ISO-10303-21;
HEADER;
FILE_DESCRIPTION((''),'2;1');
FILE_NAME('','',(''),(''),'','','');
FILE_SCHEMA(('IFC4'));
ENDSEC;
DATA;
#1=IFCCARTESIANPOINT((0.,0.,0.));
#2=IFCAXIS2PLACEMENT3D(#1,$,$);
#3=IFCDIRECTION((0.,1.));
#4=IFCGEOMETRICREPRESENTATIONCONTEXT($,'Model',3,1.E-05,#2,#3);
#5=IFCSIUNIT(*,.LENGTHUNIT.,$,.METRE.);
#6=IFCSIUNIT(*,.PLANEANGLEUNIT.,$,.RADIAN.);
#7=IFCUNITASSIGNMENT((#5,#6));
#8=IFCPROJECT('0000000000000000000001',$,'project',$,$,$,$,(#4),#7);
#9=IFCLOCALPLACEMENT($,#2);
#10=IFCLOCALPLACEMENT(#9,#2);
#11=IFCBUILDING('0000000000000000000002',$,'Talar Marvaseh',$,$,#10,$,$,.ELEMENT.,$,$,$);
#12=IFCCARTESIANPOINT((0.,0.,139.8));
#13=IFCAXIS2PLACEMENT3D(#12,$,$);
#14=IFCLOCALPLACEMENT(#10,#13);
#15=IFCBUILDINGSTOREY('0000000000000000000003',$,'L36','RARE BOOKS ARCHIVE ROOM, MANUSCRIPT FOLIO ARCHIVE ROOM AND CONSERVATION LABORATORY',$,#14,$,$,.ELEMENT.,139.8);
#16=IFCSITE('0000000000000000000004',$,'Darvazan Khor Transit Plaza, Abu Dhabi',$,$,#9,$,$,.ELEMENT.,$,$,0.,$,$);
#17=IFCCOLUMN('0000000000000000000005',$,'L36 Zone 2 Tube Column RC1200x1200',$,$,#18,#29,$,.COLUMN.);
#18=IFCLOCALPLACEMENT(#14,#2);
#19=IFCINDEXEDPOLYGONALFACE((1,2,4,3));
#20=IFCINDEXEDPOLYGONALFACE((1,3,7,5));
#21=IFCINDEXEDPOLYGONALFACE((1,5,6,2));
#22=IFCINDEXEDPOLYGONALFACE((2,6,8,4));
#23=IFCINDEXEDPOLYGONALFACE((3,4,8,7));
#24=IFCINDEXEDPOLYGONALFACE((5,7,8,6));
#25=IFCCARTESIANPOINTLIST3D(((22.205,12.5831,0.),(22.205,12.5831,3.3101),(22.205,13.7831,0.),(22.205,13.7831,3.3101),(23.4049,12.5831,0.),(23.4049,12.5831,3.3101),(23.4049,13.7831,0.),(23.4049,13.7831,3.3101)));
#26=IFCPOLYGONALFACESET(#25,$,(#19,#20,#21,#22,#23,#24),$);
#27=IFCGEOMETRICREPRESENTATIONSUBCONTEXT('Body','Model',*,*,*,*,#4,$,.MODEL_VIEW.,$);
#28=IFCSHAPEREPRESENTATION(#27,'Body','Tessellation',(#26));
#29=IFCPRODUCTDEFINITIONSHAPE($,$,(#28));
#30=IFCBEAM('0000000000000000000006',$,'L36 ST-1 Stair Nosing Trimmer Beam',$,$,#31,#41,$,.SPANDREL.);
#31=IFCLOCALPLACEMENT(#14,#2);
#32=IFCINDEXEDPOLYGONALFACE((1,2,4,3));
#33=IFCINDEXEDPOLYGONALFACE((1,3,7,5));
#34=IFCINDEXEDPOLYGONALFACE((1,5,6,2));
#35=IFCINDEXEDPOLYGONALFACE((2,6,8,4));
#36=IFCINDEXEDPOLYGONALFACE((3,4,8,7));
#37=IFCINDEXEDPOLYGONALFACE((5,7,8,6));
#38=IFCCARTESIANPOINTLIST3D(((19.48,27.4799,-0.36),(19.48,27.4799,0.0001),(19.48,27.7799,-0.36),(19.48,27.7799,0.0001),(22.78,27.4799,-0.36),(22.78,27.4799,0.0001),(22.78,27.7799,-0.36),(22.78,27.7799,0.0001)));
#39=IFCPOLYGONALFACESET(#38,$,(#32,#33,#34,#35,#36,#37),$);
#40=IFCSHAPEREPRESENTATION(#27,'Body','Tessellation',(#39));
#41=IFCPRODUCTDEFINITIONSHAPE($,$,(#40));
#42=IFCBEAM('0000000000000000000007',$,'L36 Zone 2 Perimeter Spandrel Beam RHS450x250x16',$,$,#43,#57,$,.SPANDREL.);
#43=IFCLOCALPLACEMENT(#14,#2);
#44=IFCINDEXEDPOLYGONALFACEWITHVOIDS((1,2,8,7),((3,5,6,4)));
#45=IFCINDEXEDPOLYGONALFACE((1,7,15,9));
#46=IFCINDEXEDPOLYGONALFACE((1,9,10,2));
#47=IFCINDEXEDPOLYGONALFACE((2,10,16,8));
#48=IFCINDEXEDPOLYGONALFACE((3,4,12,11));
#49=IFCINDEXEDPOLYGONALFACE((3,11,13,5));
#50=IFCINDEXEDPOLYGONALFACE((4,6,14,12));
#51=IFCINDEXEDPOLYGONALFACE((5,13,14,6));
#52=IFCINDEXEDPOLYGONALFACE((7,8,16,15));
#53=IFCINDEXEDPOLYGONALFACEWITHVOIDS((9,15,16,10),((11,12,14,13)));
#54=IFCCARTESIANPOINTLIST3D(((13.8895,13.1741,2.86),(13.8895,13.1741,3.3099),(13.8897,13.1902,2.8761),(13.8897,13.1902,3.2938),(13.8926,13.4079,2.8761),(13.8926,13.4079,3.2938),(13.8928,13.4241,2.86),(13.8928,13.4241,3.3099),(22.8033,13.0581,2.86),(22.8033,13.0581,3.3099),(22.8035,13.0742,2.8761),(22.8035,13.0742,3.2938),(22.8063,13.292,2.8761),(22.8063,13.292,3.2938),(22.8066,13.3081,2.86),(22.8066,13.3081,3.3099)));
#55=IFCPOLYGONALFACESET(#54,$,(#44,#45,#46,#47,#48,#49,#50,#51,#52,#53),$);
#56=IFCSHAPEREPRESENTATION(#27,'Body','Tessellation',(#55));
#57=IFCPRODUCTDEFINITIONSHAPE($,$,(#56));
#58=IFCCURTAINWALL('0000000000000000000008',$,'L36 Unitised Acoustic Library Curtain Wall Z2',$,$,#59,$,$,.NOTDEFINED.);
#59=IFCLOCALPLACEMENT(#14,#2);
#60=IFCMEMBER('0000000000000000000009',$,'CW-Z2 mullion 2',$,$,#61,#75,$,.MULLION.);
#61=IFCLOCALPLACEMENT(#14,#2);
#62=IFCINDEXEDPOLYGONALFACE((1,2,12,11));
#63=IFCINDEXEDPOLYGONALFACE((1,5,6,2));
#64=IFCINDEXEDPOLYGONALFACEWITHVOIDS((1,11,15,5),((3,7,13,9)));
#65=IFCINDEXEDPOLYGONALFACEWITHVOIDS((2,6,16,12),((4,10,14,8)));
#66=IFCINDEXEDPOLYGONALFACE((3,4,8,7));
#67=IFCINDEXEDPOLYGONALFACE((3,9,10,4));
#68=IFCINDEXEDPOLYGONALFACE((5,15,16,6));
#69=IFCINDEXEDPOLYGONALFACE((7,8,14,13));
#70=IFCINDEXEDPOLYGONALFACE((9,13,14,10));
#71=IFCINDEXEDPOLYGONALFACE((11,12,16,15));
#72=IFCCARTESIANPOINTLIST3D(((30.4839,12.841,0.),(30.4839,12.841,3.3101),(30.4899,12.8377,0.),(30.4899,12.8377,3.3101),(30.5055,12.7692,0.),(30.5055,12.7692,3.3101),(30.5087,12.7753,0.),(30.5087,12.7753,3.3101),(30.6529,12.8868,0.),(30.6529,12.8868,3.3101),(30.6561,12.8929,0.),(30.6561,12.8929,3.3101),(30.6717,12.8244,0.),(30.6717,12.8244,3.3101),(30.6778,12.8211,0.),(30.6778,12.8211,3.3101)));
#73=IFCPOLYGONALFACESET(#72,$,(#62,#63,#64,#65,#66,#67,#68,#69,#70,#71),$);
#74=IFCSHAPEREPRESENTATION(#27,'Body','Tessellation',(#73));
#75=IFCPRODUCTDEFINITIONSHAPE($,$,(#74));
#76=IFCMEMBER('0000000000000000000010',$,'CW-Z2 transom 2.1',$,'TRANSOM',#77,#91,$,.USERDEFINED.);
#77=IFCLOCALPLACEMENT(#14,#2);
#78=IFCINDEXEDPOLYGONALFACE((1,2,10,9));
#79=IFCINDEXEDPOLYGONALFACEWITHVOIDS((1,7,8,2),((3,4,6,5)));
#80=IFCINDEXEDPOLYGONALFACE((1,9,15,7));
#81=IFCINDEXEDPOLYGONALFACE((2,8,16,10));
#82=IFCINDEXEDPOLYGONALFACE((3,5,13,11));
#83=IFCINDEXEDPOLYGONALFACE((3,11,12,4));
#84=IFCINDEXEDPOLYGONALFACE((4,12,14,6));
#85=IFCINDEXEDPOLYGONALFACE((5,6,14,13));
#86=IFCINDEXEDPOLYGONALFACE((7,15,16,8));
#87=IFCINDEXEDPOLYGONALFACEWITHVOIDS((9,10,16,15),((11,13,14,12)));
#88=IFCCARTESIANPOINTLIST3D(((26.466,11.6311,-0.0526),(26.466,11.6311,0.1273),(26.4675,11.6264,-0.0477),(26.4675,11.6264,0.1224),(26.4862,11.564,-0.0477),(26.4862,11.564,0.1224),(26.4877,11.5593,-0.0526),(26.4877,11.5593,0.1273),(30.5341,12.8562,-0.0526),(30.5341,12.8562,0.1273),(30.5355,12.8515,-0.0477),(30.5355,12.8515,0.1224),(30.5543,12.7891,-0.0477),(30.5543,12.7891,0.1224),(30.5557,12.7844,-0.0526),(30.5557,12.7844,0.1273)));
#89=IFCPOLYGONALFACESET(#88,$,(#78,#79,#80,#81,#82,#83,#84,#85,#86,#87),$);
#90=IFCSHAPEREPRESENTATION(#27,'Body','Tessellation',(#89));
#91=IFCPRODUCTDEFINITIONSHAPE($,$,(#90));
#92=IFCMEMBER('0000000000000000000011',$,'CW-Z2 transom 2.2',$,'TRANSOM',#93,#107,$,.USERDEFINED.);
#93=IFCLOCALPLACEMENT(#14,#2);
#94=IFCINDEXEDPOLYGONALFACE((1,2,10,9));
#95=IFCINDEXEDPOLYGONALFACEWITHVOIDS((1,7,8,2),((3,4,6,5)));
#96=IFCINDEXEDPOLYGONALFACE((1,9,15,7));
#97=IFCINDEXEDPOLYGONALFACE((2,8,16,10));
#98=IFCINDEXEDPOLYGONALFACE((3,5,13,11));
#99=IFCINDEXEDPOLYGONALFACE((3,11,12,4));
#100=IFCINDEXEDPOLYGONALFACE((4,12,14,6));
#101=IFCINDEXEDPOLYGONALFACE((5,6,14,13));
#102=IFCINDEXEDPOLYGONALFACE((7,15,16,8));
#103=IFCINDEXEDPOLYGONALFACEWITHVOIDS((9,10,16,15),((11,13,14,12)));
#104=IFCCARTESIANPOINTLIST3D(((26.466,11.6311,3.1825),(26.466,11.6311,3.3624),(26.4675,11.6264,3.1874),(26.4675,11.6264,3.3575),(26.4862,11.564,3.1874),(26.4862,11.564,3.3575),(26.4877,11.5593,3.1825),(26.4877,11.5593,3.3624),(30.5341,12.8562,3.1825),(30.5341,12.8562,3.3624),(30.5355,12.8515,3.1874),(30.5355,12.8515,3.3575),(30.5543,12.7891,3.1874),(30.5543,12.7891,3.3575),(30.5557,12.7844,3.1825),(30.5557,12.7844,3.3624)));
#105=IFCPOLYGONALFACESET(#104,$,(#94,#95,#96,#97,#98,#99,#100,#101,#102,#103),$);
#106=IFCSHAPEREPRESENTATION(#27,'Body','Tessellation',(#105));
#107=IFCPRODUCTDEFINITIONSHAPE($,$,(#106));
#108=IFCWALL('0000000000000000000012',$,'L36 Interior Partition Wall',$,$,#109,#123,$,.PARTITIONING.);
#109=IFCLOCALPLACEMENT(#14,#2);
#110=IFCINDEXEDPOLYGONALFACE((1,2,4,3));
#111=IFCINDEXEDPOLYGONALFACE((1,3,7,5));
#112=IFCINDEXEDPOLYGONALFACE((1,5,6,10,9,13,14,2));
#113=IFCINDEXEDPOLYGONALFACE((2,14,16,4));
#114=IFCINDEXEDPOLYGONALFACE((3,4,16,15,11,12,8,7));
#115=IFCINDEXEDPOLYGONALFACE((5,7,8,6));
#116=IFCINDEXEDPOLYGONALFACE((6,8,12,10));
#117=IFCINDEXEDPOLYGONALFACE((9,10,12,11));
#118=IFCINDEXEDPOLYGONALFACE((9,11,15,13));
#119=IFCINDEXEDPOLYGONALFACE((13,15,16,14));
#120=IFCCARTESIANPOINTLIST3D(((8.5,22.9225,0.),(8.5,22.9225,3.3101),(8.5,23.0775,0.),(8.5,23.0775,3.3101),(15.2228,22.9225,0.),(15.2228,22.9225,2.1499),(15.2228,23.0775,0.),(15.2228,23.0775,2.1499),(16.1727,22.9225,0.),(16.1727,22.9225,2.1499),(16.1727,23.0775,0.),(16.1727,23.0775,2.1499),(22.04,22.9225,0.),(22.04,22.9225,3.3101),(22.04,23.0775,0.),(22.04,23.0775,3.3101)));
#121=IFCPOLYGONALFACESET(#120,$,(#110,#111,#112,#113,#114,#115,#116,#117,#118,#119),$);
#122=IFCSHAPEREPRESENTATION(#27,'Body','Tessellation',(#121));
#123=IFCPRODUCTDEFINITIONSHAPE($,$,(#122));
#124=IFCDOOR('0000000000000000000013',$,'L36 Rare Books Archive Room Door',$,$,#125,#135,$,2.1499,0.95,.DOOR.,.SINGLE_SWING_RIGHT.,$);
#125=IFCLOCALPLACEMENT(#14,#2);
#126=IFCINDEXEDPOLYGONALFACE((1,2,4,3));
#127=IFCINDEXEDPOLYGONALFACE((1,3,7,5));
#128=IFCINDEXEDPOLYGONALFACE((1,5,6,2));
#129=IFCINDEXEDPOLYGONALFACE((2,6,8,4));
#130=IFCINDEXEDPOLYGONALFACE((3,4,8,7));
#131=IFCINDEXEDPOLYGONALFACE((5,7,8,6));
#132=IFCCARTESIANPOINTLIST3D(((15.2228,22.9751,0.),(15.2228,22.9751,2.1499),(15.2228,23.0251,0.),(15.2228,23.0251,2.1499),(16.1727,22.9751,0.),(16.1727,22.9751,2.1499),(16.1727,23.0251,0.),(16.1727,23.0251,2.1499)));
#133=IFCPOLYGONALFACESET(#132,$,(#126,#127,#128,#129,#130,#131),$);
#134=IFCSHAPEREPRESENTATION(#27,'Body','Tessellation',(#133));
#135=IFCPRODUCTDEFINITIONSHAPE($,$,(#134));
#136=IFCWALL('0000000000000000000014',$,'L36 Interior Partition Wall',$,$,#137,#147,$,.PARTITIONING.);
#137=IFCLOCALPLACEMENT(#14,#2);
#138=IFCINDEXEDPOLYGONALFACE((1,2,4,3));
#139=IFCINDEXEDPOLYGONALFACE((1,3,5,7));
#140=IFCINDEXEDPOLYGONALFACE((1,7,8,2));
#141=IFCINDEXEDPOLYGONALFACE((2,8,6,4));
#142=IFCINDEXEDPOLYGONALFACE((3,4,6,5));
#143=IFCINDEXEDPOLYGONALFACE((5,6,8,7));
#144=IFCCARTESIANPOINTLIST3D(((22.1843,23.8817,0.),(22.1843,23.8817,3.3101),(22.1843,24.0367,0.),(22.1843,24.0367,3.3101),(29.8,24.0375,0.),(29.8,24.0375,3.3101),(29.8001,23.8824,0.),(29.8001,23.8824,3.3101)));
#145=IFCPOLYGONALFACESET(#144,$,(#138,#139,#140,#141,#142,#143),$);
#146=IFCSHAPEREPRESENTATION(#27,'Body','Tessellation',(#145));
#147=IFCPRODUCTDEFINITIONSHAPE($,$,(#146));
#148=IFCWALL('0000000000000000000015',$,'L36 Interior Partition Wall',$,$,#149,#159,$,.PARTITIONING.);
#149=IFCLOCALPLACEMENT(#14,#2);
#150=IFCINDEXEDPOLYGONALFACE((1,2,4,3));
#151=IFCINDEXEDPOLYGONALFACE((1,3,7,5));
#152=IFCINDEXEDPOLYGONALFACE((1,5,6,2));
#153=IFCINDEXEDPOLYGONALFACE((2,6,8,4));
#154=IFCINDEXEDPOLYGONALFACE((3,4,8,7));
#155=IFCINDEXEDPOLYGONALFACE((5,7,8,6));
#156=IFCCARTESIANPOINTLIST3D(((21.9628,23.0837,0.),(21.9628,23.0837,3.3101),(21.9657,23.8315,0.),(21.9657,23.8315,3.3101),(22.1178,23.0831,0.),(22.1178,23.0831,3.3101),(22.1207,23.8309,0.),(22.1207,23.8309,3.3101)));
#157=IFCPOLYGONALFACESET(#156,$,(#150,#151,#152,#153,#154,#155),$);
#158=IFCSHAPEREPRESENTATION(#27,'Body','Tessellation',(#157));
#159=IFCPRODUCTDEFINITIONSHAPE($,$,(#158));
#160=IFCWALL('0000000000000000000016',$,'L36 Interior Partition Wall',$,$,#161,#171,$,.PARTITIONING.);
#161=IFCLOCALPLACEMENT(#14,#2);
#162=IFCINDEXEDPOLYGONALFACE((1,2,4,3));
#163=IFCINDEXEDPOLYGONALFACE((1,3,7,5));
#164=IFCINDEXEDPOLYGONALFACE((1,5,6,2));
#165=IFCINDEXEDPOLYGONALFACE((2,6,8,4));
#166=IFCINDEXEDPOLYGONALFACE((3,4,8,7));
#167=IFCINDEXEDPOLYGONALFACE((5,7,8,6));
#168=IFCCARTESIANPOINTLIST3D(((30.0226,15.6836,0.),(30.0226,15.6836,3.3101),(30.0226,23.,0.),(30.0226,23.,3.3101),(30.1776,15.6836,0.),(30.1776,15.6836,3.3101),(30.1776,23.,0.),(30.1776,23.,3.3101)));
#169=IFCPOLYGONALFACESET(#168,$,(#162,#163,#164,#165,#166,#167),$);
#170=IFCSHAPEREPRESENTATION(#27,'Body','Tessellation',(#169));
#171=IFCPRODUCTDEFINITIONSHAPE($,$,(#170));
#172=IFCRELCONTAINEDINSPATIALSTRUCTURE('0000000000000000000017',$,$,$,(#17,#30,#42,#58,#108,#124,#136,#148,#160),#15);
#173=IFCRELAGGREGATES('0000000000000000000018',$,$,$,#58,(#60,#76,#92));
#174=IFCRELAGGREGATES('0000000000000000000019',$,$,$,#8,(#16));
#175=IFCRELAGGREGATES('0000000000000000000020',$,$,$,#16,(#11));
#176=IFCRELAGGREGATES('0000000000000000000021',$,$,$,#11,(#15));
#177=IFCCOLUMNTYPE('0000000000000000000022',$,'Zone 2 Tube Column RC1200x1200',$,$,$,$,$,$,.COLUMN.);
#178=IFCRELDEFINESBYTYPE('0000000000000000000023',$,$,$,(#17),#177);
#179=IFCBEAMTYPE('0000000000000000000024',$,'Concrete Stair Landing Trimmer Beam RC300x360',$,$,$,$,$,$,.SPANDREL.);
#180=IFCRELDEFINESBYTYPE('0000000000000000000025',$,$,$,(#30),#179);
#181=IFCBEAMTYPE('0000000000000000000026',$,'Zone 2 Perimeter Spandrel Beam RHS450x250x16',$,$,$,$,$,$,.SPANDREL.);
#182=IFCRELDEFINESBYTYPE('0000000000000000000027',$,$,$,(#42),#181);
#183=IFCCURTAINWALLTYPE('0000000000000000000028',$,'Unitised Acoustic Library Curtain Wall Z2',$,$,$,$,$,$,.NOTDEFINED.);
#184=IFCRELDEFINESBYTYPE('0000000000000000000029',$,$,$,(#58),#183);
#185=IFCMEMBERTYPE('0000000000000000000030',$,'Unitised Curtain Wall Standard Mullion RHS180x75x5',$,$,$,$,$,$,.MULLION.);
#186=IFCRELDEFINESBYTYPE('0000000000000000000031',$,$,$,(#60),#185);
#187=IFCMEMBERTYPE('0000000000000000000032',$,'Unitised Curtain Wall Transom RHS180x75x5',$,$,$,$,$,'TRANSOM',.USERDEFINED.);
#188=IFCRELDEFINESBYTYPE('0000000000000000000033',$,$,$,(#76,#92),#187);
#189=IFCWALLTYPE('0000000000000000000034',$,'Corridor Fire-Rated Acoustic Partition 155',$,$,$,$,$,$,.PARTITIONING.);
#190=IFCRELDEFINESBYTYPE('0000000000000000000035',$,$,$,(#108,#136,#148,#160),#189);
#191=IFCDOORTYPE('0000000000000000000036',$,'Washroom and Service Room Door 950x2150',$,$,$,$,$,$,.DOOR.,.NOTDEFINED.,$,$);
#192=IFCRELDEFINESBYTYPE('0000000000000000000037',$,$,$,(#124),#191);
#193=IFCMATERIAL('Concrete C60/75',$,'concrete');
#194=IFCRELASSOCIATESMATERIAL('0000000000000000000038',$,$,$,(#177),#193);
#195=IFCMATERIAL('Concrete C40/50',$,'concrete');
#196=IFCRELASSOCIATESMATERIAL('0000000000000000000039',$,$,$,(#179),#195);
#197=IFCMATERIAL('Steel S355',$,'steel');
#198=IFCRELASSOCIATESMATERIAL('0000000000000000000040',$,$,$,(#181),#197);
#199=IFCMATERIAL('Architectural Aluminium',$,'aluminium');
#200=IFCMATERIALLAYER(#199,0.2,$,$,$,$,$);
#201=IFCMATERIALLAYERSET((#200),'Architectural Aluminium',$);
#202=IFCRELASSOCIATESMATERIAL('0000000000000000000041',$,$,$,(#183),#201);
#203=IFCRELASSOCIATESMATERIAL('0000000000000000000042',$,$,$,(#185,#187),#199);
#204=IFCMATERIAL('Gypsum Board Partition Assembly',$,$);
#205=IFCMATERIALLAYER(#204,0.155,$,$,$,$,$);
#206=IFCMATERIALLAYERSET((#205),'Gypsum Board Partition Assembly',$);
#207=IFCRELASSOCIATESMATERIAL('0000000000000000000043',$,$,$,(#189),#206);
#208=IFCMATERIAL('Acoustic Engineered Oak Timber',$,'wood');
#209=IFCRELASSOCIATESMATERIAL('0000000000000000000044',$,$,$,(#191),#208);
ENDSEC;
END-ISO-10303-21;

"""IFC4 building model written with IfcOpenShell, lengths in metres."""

from ifc_helpers import new_model, si_unit, direction, frame, frame_2d, origin, origin_2d, place, context, subcontext, project, spatial, rectangle, hollow_rectangle, extrude, source, transform, mapped, material, layer, layer_set, material_profile, profile_set, type_object, type_shapes, element, fill, aggregate, save


model = new_model("IFC4")

# Units and contexts
model_context = context("Model", 3, precision=1e-05, world=origin(), true_north=direction((0.0, 1.0)))
body_context = subcontext(model_context, "Body", "Model", "MODEL_VIEW")
ifc_project = project(units=[si_unit("LENGTHUNIT", "METRE"), si_unit("PLANEANGLEUNIT", "RADIAN")], contexts=[model_context])

# Site, building, storey
site_placement = place(None, origin())
site = spatial("IfcSite", under=ifc_project, at=site_placement, Name="Darvazan Khor Transit Plaza, Abu Dhabi", CompositionType="ELEMENT", RefElevation=0.0)
building_placement = place(site_placement, origin())
building = spatial("IfcBuilding", under=site, at=building_placement, Name="Talar Marvaseh", CompositionType="ELEMENT")
storey_placement = place(building_placement, frame((0.0, 0.0, 139.8)))
storey = spatial("IfcBuildingStorey", under=building, at=storey_placement, Name="L36", Description="RARE BOOKS ARCHIVE ROOM, MANUSCRIPT FOLIO ARCHIVE ROOM AND CONSERVATION LABORATORY", CompositionType="ELEMENT", Elevation=139.8)

# Column
ifc_material_1 = material(Name="Concrete C60/75", Category="concrete")
ifc_material_profile_1 = material_profile(ifc_material_1, rectangle(XDim=1.2, YDim=1.2, at=origin_2d()), Name="RC1200x1200")
ifc_profile_set_1 = profile_set([ifc_material_profile_1], Name="Concrete C60/75")
column_type = type_object("IfcColumnType", Name="Zone 2 Tube Column RC1200x1200", PredefinedType="COLUMN", material=ifc_profile_set_1)
column_placement = place(storey_placement, frame((22.8049, 13.1831, 0.0), z_axis=(0.0, 0.0, 1.0), x_axis=(1.0, 0.0, 0.0)))
element("IfcColumn", 1, at=column_placement, inside=storey, type_object=column_type, Name="L36 Zone 2 Tube Column RC1200x1200", PredefinedType="COLUMN", context=body_context, shape_type="SweptSolid", body=[
    extrude(rectangle(XDim=1.2, YDim=1.2, at=origin_2d()), origin(), (0.0, 0.0, 1.0), 3.3101),
])

# Beams
ifc_material_2 = material(Name="Concrete C40/50", Category="concrete")
ifc_material_profile_2 = material_profile(ifc_material_2, rectangle(XDim=0.3, YDim=0.3601, at=origin_2d()), Name="RC300x360")
ifc_profile_set_2 = profile_set([ifc_material_profile_2], Name="Concrete C40/50")
beam_type_1 = type_object("IfcBeamType", Name="Concrete Stair Landing Trimmer Beam RC300x360", PredefinedType="SPANDREL", material=ifc_profile_set_2)
beam_1_placement = place(storey_placement, frame((22.78, 27.6299, -0.1799), z_axis=(-1.0, 0.0, 0.0), x_axis=(0.0, -1.0, 0.0)))
element("IfcBeam", 2, at=beam_1_placement, inside=storey, type_object=beam_type_1, Name="L36 ST-1 Stair Nosing Trimmer Beam", PredefinedType="SPANDREL", context=body_context, shape_type="SweptSolid", body=[
    extrude(rectangle(XDim=0.3, YDim=0.3601, at=origin_2d()), origin(), (0.0, 0.0, 1.0), 3.3),
])
ifc_material_3 = material(Name="Steel S355", Category="steel")
ifc_material_profile_3 = material_profile(ifc_material_3, hollow_rectangle(XDim=0.25, YDim=0.45, WallThickness=0.0161, at=origin_2d()), Name="RHS450x250x16")
ifc_profile_set_3 = profile_set([ifc_material_profile_3], Name="Steel S355")
beam_type_2 = type_object("IfcBeamType", Name="Zone 2 Perimeter Spandrel Beam RHS450x250x16", PredefinedType="SPANDREL", material=ifc_profile_set_3)
beam_2_placement = place(storey_placement, frame((22.8049, 13.1831, 3.085), z_axis=(-0.999915, 0.013009, 0.0), x_axis=(-0.013009, -0.999915, 0.0)))
element("IfcBeam", 3, at=beam_2_placement, inside=storey, type_object=beam_type_2, Name="L36 Zone 2 Perimeter Spandrel Beam RHS450x250x16", PredefinedType="SPANDREL", context=body_context, shape_type="SweptSolid", body=[
    extrude(hollow_rectangle(XDim=0.25, YDim=0.45, WallThickness=0.0161, at=origin_2d()), origin(), (0.0, 0.0, 1.0), 8.9146),
])

# Curtain wall, members
ifc_material_4 = material(Name="Architectural Aluminium", Category="aluminium")
ifc_layer_1 = layer(ifc_material_4, 0.2)
ifc_layer_set_1 = layer_set([ifc_layer_1], Name="Architectural Aluminium")
curtain_wall_type = type_object("IfcCurtainWallType", Name="Unitised Acoustic Library Curtain Wall Z2", PredefinedType="NOTDEFINED", material=ifc_layer_set_1)
curtain_wall_placement = place(storey_placement, origin())
curtain_wall = element("IfcCurtainWall", 4, at=curtain_wall_placement, inside=storey, type_object=curtain_wall_type, Name="L36 Unitised Acoustic Library Curtain Wall Z2", PredefinedType="NOTDEFINED")
ifc_material_profile_4 = material_profile(ifc_material_4, hollow_rectangle(XDim=0.075, YDim=0.1799, WallThickness=0.0049, at=origin_2d()), Name="RHS180x75x5")
ifc_profile_set_4 = profile_set([ifc_material_profile_4], Name="Architectural Aluminium")
member_type_1 = type_object("IfcMemberType", Name="Unitised Curtain Wall Standard Mullion RHS180x75x5", PredefinedType="MULLION", material=ifc_profile_set_4)
shared_shape_1 = source(origin(), body_context, "Body", "SweptSolid", [
    extrude(hollow_rectangle(XDim=0.075, YDim=0.1799, WallThickness=0.0049, at=origin_2d()), origin(), (0.0, 0.0, 1.0), 3.3101),
])
type_shapes(member_type_1, [shared_shape_1])
member_1_placement = place(storey_placement, frame((30.5808, 12.8311, 0.0), z_axis=(0.0, 0.0, 1.0), x_axis=(0.288343, -0.957527, 0.0)))
member_1 = element("IfcMember", 5, at=member_1_placement, type_object=member_type_1, Name="CW-Z2 mullion 2", PredefinedType="MULLION", context=body_context, shape_type="MappedRepresentation", body=[
    mapped(shared_shape_1, transform((0.0, 0.0, 0.0), x_axis=(1.0, 0.0, 0.0), y_axis=(0.0, 1.0, 0.0), z_axis=(0.0, 0.0, 1.0), scale=1.0)),
])
ifc_material_profile_5 = material_profile(ifc_material_4, hollow_rectangle(XDim=0.075, YDim=0.1799, WallThickness=0.0049, at=origin_2d()), Name="RHS180x75x5")
ifc_profile_set_5 = profile_set([ifc_material_profile_5], Name="Architectural Aluminium")
member_type_2 = type_object("IfcMemberType", Name="Unitised Curtain Wall Transom RHS180x75x5", ElementType="TRANSOM", PredefinedType="USERDEFINED", material=ifc_profile_set_5)
shared_shape_2 = source(origin(), body_context, "Body", "SweptSolid", [
    extrude(hollow_rectangle(XDim=0.075, YDim=0.1799, WallThickness=0.0049, at=origin_2d()), origin(), (0.0, 0.0, 1.0), 4.2485),
])
type_shapes(member_type_2, [shared_shape_2])
member_2_placement = place(storey_placement, frame((30.5449, 12.8203, 0.0374), z_axis=(-0.957524, -0.288355, 0.0), x_axis=(0.288355, -0.957524, 0.0)))
member_2 = element("IfcMember", 6, at=member_2_placement, type_object=member_type_2, Name="CW-Z2 transom 2.1", ObjectType="TRANSOM", PredefinedType="USERDEFINED", context=body_context, shape_type="MappedRepresentation", body=[
    mapped(shared_shape_2, transform((0.0, 0.0, 0.0), x_axis=(1.0, 0.0, 0.0), y_axis=(0.0, 1.0, 0.0), z_axis=(0.0, 0.0, 1.0), scale=1.0)),
])
member_3_placement = place(storey_placement, frame((30.5449, 12.8203, 3.2725), z_axis=(-0.957524, -0.288355, 0.0), x_axis=(0.288355, -0.957524, 0.0)))
member_3 = element("IfcMember", 7, at=member_3_placement, type_object=member_type_2, Name="CW-Z2 transom 2.2", ObjectType="TRANSOM", PredefinedType="USERDEFINED", context=body_context, shape_type="MappedRepresentation", body=[
    mapped(shared_shape_2, transform((0.0, 0.0, 0.0), x_axis=(1.0, 0.0, 0.0), y_axis=(0.0, 1.0, 0.0), z_axis=(0.0, 0.0, 1.0), scale=1.0)),
])
aggregate(curtain_wall, [member_1, member_2, member_3])

# Wall, opening, door
ifc_material_5 = material(Name="Gypsum Board Partition Assembly")
ifc_layer_2 = layer(ifc_material_5, 0.155)
ifc_layer_set_2 = layer_set([ifc_layer_2], Name="Gypsum Board Partition Assembly")
wall_type_1 = type_object("IfcWallType", Name="Corridor Fire-Rated Acoustic Partition 155", PredefinedType="PARTITIONING", material=ifc_layer_set_2)
wall_1_placement = place(storey_placement, frame((22.04, 23.0, 0.0), z_axis=(0.0, 0.0, 1.0), x_axis=(-1.0, 0.0, 0.0)))
wall_1 = element("IfcWall", 8, at=wall_1_placement, inside=storey, type_object=wall_type_1, Name="L36 Interior Partition Wall", PredefinedType="PARTITIONING", context=body_context, shape_type="SweptSolid", body=[
    extrude(rectangle(XDim=13.54, YDim=0.155, at=frame_2d((6.77, 0.0))), origin(), (0.0, 0.0, 1.0), 3.3101),
])
opening_1_placement = place(wall_1_placement, frame((5.8672, 0.0, 0.0)))
opening_1 = element("IfcOpeningElement", 9, at=opening_1_placement, cuts=wall_1, PredefinedType="OPENING", context=body_context, shape_type="SweptSolid", body=[
    extrude(rectangle(XDim=0.95, YDim=2.1499, at=frame_2d((0.4751, 1.075))), frame((0.0, 0.0874, 0.0), z_axis=(0.0, -1.0, 0.0), x_axis=(1.0, 0.0, 0.0)), (0.0, 0.0, 1.0), 0.175),
])
ifc_material_6 = material(Name="Acoustic Engineered Oak Timber", Category="wood")
door_type_1 = type_object("IfcDoorType", Name="Washroom and Service Room Door 950x2150", OperationType="NOTDEFINED", PredefinedType="DOOR", material=ifc_material_6)
shared_shape_3 = source(origin(), body_context, "Body", "SweptSolid", [
    extrude(rectangle(XDim=0.95, YDim=2.1499, at=frame_2d((0.4751, 1.075))), frame((0.0, 0.0249, 0.0), z_axis=(0.0, -1.0, 0.0), x_axis=(1.0, 0.0, 0.0)), (0.0, 0.0, 1.0), 0.05),
])
type_shapes(door_type_1, [shared_shape_3])
door_1_placement = place(opening_1_placement, origin())
door_1 = element("IfcDoor", 10, at=door_1_placement, inside=storey, type_object=door_type_1, Name="L36 Rare Books Archive Room Door", OperationType="SINGLE_SWING_RIGHT", OverallHeight=2.1499, OverallWidth=0.95, PredefinedType="DOOR", context=body_context, shape_type="MappedRepresentation", body=[
    mapped(shared_shape_3, transform((0.0, 0.0, 0.0), x_axis=(1.0, 0.0, 0.0), y_axis=(0.0, 1.0, 0.0), z_axis=(0.0, 0.0, 1.0), scale=1.0)),
])
fill(opening_1, door_1)

# Walls
wall_2_placement = place(storey_placement, frame((29.8, 23.96, 0.0), z_axis=(0.0, 0.0, 1.0), x_axis=(-1.0, -0.000096, 0.0)))
element("IfcWall", 11, at=wall_2_placement, inside=storey, type_object=wall_type_1, Name="L36 Interior Partition Wall", PredefinedType="PARTITIONING", context=body_context, shape_type="SweptSolid", body=[
    extrude(rectangle(XDim=7.6157, YDim=0.155, at=frame_2d((3.8079, 0.0))), origin(), (0.0, 0.0, 1.0), 3.3101),
])
wall_3_placement = place(storey_placement, frame((22.0432, 23.8313, 0.0), z_axis=(0.0, 0.0, 1.0), x_axis=(-0.003918, -0.999992, 0.0)))
element("IfcWall", 12, at=wall_3_placement, inside=storey, type_object=wall_type_1, Name="L36 Interior Partition Wall", PredefinedType="PARTITIONING", context=body_context, shape_type="SweptSolid", body=[
    extrude(rectangle(XDim=0.7478, YDim=0.155, at=frame_2d((0.374, 0.0))), origin(), (0.0, 0.0, 1.0), 3.3101),
])
wall_4_placement = place(storey_placement, frame((30.1001, 15.6836, 0.0), z_axis=(0.0, 0.0, 1.0), x_axis=(0.0, 1.0, 0.0)))
element("IfcWall", 13, at=wall_4_placement, inside=storey, type_object=wall_type_1, Name="L36 Interior Partition Wall", PredefinedType="PARTITIONING", context=body_context, shape_type="SweptSolid", body=[
    extrude(rectangle(XDim=7.3164, YDim=0.155, at=frame_2d((3.6582, 0.0))), origin(), (0.0, 0.0, 1.0), 3.3101),
])

save(model, "model.ifc")
